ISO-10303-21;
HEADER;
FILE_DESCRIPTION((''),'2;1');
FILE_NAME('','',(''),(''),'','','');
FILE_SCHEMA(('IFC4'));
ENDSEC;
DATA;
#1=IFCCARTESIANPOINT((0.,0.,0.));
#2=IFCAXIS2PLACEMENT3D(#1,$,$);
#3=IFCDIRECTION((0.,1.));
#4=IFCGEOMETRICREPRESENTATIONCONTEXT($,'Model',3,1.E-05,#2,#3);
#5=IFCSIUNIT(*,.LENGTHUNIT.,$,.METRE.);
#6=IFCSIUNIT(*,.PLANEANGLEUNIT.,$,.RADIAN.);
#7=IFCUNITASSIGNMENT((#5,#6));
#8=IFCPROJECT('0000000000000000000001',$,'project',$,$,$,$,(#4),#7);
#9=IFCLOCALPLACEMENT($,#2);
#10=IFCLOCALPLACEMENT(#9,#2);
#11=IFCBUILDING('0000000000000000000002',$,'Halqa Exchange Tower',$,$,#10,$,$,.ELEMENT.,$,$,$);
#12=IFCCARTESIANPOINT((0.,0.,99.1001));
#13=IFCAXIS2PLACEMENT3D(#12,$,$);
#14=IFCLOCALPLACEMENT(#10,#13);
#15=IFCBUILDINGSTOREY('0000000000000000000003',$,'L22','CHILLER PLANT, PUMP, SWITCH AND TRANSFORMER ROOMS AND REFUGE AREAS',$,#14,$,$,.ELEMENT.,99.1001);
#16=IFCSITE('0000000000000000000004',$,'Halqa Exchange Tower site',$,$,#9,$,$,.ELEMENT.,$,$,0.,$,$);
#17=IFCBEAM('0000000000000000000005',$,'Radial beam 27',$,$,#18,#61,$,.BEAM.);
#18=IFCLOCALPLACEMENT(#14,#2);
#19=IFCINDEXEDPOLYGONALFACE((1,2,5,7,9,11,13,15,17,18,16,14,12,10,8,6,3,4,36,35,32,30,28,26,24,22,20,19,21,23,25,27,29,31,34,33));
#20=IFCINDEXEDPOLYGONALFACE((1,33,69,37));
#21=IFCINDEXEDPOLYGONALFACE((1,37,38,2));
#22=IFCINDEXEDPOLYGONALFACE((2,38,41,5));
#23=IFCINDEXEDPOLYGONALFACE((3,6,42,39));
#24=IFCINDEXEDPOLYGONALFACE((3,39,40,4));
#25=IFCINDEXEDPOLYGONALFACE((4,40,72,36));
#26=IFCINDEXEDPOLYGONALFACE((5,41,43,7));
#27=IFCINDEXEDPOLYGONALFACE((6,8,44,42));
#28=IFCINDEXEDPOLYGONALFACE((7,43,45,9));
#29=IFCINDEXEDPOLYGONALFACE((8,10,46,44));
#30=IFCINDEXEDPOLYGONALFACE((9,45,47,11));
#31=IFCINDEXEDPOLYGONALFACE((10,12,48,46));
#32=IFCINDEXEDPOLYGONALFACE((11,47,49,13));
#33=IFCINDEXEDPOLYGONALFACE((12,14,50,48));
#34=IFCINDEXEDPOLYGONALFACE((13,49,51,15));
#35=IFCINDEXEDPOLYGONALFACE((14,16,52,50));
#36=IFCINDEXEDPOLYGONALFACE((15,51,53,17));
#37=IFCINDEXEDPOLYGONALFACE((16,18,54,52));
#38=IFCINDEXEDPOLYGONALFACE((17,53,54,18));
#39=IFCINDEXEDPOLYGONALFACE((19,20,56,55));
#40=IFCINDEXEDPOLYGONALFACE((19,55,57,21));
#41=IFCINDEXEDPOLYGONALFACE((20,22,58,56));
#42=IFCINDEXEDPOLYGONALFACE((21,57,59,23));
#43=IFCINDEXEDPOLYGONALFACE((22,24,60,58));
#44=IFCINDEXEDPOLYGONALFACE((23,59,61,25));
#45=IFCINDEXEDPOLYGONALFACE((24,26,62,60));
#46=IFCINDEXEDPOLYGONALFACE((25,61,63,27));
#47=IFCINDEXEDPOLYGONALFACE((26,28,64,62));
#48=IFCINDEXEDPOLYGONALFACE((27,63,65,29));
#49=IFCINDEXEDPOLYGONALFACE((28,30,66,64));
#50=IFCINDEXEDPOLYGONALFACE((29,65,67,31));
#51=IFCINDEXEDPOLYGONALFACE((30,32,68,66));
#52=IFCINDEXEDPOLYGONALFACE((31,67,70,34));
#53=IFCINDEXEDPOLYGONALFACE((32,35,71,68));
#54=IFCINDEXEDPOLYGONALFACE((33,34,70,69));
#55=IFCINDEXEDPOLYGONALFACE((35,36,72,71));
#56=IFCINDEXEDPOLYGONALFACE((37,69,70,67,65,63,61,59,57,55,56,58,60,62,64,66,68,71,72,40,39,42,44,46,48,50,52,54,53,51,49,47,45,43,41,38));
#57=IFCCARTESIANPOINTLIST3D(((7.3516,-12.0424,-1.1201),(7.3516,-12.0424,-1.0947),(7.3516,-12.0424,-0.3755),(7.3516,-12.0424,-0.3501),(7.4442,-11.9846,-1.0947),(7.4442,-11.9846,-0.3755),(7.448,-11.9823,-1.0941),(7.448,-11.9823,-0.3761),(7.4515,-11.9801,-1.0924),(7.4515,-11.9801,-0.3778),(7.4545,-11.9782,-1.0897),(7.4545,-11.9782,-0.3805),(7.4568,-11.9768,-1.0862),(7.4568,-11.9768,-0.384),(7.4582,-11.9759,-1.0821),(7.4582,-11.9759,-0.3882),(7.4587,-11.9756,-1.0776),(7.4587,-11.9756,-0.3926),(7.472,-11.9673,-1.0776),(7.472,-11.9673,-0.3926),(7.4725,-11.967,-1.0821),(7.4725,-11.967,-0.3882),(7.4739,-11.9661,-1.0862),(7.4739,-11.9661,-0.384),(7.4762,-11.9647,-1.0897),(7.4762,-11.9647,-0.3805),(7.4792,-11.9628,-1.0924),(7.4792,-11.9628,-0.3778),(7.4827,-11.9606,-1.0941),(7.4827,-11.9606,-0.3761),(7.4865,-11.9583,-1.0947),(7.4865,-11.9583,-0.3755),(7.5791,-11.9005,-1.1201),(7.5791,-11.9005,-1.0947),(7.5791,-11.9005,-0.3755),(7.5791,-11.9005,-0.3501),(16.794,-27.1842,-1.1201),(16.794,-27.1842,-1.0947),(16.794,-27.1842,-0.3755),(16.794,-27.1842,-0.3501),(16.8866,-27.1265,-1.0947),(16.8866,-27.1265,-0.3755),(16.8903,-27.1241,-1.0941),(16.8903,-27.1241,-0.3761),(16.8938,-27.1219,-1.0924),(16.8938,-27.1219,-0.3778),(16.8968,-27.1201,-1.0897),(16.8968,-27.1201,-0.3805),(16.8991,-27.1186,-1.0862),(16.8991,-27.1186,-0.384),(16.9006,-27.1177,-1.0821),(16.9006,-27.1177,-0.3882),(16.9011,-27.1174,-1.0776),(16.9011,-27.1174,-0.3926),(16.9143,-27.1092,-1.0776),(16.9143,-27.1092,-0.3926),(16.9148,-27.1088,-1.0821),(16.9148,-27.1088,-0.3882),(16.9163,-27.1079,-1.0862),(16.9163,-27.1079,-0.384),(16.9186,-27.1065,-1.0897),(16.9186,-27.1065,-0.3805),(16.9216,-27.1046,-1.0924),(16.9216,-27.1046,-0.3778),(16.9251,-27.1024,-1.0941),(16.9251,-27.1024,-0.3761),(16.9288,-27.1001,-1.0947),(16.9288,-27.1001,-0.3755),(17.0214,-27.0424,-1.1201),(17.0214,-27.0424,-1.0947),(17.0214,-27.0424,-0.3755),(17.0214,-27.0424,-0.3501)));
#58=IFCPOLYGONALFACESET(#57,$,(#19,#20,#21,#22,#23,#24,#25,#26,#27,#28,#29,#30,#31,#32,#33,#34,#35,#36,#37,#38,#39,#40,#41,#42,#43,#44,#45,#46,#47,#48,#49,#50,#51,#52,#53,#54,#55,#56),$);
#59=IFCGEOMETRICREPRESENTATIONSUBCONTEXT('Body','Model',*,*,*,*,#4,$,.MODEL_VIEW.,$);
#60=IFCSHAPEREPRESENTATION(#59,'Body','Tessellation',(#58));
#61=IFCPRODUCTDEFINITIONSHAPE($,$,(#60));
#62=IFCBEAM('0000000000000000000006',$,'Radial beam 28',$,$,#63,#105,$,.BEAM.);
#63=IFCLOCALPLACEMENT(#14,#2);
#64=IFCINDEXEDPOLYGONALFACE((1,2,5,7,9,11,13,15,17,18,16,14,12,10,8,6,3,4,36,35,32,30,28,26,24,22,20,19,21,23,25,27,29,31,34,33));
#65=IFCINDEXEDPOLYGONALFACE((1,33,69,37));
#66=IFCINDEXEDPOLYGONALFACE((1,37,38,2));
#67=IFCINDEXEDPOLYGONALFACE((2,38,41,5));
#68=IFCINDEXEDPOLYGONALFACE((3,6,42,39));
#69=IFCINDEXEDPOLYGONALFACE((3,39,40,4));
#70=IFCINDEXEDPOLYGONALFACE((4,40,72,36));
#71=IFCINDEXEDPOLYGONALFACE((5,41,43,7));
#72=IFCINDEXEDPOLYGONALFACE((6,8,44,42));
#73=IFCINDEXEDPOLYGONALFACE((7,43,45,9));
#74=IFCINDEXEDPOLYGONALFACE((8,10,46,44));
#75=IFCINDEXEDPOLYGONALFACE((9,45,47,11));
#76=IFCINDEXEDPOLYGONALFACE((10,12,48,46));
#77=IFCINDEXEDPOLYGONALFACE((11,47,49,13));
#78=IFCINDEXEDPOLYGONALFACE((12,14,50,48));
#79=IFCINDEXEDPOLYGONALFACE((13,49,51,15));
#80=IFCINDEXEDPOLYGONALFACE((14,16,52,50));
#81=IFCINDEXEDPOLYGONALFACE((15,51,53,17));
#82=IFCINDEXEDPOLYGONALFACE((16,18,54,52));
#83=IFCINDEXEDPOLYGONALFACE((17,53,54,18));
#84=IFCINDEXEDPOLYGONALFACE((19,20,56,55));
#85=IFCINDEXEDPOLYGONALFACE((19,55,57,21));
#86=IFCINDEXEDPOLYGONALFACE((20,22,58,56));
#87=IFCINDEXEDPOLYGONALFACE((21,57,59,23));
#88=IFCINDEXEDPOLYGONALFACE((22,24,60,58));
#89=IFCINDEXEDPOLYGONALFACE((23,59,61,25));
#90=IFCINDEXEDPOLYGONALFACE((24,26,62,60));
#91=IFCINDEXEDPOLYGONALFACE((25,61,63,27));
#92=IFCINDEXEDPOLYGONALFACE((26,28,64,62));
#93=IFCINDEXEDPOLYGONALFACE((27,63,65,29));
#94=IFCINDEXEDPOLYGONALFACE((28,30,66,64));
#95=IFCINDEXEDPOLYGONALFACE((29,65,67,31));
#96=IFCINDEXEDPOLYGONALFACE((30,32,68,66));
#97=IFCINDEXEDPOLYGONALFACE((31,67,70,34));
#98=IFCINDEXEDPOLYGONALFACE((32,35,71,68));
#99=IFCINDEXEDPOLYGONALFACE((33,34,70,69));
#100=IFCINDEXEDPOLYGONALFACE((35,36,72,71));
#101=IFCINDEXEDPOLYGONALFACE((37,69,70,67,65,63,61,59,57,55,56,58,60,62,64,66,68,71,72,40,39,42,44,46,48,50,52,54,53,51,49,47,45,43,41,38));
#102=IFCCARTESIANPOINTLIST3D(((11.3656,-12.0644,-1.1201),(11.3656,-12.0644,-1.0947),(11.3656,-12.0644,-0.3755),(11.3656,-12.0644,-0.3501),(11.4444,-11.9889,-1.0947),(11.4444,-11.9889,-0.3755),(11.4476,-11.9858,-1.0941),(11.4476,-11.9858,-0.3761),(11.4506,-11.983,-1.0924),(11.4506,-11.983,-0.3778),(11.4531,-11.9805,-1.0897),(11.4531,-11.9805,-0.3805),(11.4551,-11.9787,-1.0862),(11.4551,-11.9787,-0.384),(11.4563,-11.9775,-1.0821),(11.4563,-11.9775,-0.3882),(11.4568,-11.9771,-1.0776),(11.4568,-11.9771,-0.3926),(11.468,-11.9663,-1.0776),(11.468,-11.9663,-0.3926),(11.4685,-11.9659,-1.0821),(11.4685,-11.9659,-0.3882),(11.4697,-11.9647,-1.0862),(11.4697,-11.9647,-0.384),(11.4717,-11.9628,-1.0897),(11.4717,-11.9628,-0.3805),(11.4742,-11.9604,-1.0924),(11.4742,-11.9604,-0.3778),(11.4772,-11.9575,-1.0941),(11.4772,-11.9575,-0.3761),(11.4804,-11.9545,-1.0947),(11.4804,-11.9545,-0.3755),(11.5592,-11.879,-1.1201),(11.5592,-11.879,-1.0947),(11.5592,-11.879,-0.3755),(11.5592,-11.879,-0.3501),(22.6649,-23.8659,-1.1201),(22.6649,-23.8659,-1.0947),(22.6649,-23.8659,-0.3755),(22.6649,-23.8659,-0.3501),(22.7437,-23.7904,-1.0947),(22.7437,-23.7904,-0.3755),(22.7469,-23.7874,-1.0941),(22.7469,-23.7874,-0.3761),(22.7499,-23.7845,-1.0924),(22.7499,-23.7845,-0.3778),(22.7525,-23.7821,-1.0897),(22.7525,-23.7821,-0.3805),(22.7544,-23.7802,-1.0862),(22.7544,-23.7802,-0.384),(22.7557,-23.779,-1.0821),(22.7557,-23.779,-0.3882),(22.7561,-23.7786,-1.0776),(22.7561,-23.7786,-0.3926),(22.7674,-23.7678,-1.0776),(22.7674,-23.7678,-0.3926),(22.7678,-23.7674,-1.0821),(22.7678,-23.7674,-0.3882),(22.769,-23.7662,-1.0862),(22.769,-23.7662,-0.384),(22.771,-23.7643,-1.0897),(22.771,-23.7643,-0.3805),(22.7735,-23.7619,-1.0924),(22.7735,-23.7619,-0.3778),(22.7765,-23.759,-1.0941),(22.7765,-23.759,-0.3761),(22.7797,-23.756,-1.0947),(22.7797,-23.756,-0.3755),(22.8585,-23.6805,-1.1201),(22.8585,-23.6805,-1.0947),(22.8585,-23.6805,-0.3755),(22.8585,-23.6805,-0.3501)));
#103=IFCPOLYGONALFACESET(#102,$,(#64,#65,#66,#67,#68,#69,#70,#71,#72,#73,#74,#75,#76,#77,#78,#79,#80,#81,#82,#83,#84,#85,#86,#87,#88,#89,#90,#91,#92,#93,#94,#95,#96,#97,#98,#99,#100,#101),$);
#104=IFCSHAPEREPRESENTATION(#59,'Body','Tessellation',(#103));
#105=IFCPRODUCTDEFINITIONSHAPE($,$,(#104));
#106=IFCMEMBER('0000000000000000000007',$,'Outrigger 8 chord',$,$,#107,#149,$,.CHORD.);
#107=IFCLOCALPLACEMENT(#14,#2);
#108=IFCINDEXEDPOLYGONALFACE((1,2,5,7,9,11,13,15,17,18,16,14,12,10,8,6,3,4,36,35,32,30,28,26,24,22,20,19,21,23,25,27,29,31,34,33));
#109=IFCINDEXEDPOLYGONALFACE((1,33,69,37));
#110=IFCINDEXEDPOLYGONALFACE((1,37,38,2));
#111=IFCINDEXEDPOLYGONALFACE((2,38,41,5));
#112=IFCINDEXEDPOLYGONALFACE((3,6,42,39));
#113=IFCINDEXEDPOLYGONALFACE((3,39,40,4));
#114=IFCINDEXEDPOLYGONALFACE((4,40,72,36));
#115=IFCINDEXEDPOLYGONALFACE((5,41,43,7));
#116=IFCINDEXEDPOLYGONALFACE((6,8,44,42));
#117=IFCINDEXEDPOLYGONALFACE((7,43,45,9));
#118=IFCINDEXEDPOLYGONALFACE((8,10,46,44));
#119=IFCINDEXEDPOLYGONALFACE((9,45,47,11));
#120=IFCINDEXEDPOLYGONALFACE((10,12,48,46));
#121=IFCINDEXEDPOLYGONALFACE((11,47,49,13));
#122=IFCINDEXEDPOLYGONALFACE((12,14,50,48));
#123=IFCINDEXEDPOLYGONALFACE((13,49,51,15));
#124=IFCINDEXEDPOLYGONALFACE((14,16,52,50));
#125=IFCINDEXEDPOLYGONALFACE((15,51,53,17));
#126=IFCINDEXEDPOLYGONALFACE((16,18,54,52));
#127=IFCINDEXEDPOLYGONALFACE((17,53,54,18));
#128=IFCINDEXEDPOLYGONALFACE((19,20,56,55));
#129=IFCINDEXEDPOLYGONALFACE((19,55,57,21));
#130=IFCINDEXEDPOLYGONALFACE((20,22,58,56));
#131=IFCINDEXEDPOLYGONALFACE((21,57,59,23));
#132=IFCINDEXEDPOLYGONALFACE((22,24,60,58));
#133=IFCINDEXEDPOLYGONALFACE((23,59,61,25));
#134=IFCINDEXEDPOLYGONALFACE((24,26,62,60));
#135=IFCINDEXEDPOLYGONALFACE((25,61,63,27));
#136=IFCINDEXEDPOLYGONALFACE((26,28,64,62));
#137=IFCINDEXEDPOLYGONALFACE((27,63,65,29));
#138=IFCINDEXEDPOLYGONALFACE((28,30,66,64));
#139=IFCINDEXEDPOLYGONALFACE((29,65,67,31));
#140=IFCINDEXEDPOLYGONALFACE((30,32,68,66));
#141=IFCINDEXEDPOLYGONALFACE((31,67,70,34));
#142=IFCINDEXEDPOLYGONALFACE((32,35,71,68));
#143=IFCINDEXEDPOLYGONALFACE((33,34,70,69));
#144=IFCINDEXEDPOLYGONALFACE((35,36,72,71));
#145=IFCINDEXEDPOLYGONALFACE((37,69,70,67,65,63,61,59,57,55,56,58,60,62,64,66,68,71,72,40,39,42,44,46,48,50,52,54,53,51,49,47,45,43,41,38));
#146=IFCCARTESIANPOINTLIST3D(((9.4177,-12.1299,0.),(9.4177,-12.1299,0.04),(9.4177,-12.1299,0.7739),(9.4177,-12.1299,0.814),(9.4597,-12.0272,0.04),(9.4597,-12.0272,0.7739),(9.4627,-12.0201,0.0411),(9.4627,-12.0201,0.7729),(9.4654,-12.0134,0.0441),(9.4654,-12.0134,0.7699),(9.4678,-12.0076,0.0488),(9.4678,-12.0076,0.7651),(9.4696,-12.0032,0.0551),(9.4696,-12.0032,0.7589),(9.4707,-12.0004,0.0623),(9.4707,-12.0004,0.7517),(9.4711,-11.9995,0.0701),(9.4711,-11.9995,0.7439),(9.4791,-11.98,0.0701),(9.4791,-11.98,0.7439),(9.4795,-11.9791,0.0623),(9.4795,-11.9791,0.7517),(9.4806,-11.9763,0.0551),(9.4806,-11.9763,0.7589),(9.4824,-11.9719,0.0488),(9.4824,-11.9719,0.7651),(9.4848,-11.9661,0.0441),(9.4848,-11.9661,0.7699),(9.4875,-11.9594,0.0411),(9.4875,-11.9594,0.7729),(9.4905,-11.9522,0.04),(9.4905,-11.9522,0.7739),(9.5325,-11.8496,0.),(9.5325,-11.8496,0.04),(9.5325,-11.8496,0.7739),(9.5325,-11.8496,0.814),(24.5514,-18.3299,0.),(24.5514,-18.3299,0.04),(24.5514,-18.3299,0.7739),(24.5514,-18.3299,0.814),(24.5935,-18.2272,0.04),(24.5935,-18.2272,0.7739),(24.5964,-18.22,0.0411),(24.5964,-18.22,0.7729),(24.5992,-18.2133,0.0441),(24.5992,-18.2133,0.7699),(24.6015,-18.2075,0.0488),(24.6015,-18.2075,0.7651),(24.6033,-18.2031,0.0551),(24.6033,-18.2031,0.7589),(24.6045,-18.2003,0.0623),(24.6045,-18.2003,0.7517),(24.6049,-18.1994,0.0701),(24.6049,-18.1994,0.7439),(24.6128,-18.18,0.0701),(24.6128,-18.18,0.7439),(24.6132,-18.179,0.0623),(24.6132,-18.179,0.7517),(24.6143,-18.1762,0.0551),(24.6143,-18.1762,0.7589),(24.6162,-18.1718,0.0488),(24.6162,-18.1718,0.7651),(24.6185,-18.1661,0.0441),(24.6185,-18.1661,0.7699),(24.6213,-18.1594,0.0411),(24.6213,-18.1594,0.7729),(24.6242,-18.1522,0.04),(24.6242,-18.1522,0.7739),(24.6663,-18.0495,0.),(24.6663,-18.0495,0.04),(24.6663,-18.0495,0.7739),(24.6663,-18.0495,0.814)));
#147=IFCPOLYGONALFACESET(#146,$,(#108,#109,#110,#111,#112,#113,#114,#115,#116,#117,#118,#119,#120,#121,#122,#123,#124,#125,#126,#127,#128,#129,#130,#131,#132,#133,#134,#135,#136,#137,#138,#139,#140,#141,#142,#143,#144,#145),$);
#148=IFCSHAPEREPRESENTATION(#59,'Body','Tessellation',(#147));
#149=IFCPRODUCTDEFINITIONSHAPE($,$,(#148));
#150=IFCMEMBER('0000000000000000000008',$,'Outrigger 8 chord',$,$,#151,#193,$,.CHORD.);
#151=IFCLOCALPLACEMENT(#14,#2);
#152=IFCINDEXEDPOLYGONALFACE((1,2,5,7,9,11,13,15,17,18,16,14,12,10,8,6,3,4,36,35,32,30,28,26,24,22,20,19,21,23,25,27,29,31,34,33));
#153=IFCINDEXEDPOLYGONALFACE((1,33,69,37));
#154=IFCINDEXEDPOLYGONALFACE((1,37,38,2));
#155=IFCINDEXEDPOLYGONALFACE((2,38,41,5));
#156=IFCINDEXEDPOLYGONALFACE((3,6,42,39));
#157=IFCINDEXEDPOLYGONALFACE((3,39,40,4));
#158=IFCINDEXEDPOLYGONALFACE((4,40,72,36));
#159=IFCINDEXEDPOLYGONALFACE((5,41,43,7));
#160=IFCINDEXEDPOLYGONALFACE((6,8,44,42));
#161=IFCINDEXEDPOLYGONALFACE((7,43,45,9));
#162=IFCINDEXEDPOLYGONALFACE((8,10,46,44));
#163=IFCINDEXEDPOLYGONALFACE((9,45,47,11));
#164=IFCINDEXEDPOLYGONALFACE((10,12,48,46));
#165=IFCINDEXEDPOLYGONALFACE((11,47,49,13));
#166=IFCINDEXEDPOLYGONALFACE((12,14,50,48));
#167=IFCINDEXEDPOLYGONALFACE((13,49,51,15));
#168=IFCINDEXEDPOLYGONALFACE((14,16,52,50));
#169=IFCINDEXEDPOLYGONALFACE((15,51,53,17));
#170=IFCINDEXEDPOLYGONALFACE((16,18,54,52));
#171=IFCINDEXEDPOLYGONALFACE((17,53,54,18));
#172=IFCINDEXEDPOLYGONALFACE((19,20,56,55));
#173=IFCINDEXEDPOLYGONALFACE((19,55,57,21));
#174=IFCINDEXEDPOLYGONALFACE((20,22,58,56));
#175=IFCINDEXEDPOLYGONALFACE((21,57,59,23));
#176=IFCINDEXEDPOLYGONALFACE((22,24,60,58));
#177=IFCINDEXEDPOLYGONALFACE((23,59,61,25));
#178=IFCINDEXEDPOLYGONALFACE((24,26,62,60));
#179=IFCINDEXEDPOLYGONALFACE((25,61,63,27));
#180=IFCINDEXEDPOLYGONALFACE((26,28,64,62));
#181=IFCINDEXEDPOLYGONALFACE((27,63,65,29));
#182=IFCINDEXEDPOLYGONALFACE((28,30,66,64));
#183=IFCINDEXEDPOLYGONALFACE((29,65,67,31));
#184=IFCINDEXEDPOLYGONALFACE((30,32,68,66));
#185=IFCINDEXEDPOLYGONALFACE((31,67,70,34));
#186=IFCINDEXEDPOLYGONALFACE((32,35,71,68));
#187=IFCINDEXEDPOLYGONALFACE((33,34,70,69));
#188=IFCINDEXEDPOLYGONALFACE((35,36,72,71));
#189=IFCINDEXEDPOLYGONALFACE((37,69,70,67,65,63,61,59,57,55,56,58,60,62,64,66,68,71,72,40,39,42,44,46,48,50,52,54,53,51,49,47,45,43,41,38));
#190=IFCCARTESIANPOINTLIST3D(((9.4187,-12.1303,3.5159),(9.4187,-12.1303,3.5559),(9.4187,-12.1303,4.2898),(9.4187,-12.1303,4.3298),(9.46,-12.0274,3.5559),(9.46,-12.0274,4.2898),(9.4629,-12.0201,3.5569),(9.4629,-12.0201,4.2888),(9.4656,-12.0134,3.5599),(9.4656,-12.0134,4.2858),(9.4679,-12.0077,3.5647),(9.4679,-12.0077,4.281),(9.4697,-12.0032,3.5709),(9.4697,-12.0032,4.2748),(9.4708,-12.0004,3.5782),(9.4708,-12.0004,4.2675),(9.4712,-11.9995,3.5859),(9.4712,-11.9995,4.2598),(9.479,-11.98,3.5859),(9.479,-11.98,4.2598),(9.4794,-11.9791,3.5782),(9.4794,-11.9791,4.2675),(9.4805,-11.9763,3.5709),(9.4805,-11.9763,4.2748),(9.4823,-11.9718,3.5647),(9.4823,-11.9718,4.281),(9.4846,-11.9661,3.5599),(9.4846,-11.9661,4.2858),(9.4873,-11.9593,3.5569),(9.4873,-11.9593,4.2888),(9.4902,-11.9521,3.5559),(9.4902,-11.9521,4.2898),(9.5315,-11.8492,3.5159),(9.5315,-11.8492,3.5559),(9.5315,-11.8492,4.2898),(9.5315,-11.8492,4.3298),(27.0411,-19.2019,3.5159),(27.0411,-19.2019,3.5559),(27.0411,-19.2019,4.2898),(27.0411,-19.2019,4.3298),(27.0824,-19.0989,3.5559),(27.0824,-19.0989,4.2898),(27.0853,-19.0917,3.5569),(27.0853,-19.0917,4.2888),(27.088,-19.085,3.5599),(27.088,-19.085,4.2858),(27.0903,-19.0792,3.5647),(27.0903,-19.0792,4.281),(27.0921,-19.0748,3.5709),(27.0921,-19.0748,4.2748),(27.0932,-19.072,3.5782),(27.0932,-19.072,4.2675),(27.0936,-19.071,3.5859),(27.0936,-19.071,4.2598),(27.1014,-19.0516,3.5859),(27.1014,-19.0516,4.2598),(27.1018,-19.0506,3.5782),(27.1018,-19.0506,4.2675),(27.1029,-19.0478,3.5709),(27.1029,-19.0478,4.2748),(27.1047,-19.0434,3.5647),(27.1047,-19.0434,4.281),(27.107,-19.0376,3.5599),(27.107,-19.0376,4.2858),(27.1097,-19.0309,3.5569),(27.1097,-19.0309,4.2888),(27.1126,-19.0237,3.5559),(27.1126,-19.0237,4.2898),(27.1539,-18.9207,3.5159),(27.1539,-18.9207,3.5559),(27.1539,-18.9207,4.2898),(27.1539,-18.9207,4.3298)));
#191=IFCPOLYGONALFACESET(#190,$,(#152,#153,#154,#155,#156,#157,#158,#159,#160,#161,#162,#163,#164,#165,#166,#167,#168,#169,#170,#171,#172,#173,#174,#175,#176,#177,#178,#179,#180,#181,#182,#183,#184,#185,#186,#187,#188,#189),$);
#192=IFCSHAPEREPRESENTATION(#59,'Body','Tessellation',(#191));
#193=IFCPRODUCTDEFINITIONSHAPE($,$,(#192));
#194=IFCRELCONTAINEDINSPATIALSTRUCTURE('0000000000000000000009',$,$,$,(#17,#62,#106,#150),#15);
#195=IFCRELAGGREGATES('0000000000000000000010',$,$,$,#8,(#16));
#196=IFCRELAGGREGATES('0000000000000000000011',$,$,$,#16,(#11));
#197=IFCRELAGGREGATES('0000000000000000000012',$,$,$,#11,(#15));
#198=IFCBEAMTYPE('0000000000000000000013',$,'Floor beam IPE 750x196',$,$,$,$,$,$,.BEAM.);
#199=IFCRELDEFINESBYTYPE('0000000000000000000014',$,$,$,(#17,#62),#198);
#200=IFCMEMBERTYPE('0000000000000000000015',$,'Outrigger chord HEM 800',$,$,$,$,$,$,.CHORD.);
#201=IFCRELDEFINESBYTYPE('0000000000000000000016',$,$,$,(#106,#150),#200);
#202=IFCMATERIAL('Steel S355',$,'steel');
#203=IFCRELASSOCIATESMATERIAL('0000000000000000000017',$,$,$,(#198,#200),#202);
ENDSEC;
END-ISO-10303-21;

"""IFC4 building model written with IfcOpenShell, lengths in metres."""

from ifc_helpers import new_model, si_unit, direction, frame, origin, origin_2d, place, context, subcontext, project, spatial, i_section, extrude, material, material_profile, profile_set, type_object, element, save


model = new_model("IFC4")

# Units and contexts
model_context = context("Model", 3, precision=1e-05, world=origin(), true_north=direction((0.0, 1.0)))
body_context = subcontext(model_context, "Body", "Model", "MODEL_VIEW")
ifc_project = project(units=[si_unit("LENGTHUNIT", "METRE"), si_unit("PLANEANGLEUNIT", "RADIAN")], contexts=[model_context])

# Site, building, storey
site_placement = place(None, origin())
site = spatial("IfcSite", under=ifc_project, at=site_placement, Name="Halqa Exchange Tower site", CompositionType="ELEMENT", RefElevation=0.0)
building_placement = place(site_placement, origin())
building = spatial("IfcBuilding", under=site, at=building_placement, Name="Halqa Exchange Tower", CompositionType="ELEMENT")
storey_placement = place(building_placement, frame((0.0, 0.0, 99.1001)))
storey = spatial("IfcBuildingStorey", under=building, at=storey_placement, Name="L22", Description="CHILLER PLANT, PUMP, SWITCH AND TRANSFORMER ROOMS AND REFUGE AREAS", CompositionType="ELEMENT", Elevation=99.1001)

# Beams
ifc_material_1 = material(Name="Steel S355", Category="steel")
ifc_material_profile_1 = material_profile(ifc_material_1, i_section(OverallWidth=0.2681, OverallDepth=0.77, WebThickness=0.0156, FlangeThickness=0.0254, FilletRadius=0.0171, at=origin_2d()), Name="IPE 750x196")
ifc_profile_set_1 = profile_set([ifc_material_profile_1], Name="Steel S355")
beam_type_1 = type_object("IfcBeamType", Name="Floor beam IPE 750x196", PredefinedType="BEAM", material=ifc_profile_set_1)
beam_1_placement = place(storey_placement, frame((7.4653, -11.9714, -0.7351), z_axis=(0.529142, -0.848534, 0.0), x_axis=(0.848534, 0.529142, 0.0)))
element("IfcBeam", 1, at=beam_1_placement, inside=storey, type_object=beam_type_1, Name="Radial beam 27", PredefinedType="BEAM", context=body_context, shape_type="SweptSolid", body=[
    extrude(i_section(OverallWidth=0.2681, OverallDepth=0.77, WebThickness=0.0156, FlangeThickness=0.0254, FilletRadius=0.0171, at=origin_2d()), origin(), (0.0, 0.0, 1.0), 17.8447),
])
beam_2_placement = place(storey_placement, frame((11.4624, -11.9717, -0.7351), z_axis=(0.691571, -0.722308, 0.0), x_axis=(0.722308, 0.691571, 0.0)))
element("IfcBeam", 2, at=beam_2_placement, inside=storey, type_object=beam_type_1, Name="Radial beam 28", PredefinedType="BEAM", context=body_context, shape_type="SweptSolid", body=[
    extrude(i_section(OverallWidth=0.2681, OverallDepth=0.77, WebThickness=0.0156, FlangeThickness=0.0254, FilletRadius=0.0171, at=origin_2d()), origin(), (0.0, 0.0, 1.0), 16.3386),
])

# Members
ifc_material_profile_2 = material_profile(ifc_material_1, i_section(OverallWidth=0.303, OverallDepth=0.814, WebThickness=0.021, FlangeThickness=0.04, FilletRadius=0.03, at=origin_2d()), Name="HEM 800")
ifc_profile_set_2 = profile_set([ifc_material_profile_2], Name="Steel S355")
member_type_1 = type_object("IfcMemberType", Name="Outrigger chord HEM 800", PredefinedType="CHORD", material=ifc_profile_set_2)
member_1_placement = place(storey_placement, frame((9.4751, -11.9897, 0.407), z_axis=(0.925357, -0.379097, 0.0), x_axis=(0.379097, 0.925357, 0.0)))
element("IfcMember", 3, at=member_1_placement, inside=storey, type_object=member_type_1, Name="Outrigger 8 chord", PredefinedType="CHORD", context=body_context, shape_type="SweptSolid", body=[
    extrude(i_section(OverallWidth=0.303, OverallDepth=0.814, WebThickness=0.021, FlangeThickness=0.04, FilletRadius=0.03, at=origin_2d()), origin(), (0.0, 0.0, 1.0), 16.3545),
])
member_2_placement = place(storey_placement, frame((9.4751, -11.9897, 3.9229), z_axis=(0.928066, -0.372417, 0.0), x_axis=(0.372417, 0.928066, 0.0)))
element("IfcMember", 4, at=member_2_placement, inside=storey, type_object=member_type_1, Name="Outrigger 8 chord", PredefinedType="CHORD", context=body_context, shape_type="SweptSolid", body=[
    extrude(i_section(OverallWidth=0.303, OverallDepth=0.814, WebThickness=0.021, FlangeThickness=0.04, FilletRadius=0.03, at=origin_2d()), origin(), (0.0, 0.0, 1.0), 18.9883),
])

save(model, "model.ifc")
